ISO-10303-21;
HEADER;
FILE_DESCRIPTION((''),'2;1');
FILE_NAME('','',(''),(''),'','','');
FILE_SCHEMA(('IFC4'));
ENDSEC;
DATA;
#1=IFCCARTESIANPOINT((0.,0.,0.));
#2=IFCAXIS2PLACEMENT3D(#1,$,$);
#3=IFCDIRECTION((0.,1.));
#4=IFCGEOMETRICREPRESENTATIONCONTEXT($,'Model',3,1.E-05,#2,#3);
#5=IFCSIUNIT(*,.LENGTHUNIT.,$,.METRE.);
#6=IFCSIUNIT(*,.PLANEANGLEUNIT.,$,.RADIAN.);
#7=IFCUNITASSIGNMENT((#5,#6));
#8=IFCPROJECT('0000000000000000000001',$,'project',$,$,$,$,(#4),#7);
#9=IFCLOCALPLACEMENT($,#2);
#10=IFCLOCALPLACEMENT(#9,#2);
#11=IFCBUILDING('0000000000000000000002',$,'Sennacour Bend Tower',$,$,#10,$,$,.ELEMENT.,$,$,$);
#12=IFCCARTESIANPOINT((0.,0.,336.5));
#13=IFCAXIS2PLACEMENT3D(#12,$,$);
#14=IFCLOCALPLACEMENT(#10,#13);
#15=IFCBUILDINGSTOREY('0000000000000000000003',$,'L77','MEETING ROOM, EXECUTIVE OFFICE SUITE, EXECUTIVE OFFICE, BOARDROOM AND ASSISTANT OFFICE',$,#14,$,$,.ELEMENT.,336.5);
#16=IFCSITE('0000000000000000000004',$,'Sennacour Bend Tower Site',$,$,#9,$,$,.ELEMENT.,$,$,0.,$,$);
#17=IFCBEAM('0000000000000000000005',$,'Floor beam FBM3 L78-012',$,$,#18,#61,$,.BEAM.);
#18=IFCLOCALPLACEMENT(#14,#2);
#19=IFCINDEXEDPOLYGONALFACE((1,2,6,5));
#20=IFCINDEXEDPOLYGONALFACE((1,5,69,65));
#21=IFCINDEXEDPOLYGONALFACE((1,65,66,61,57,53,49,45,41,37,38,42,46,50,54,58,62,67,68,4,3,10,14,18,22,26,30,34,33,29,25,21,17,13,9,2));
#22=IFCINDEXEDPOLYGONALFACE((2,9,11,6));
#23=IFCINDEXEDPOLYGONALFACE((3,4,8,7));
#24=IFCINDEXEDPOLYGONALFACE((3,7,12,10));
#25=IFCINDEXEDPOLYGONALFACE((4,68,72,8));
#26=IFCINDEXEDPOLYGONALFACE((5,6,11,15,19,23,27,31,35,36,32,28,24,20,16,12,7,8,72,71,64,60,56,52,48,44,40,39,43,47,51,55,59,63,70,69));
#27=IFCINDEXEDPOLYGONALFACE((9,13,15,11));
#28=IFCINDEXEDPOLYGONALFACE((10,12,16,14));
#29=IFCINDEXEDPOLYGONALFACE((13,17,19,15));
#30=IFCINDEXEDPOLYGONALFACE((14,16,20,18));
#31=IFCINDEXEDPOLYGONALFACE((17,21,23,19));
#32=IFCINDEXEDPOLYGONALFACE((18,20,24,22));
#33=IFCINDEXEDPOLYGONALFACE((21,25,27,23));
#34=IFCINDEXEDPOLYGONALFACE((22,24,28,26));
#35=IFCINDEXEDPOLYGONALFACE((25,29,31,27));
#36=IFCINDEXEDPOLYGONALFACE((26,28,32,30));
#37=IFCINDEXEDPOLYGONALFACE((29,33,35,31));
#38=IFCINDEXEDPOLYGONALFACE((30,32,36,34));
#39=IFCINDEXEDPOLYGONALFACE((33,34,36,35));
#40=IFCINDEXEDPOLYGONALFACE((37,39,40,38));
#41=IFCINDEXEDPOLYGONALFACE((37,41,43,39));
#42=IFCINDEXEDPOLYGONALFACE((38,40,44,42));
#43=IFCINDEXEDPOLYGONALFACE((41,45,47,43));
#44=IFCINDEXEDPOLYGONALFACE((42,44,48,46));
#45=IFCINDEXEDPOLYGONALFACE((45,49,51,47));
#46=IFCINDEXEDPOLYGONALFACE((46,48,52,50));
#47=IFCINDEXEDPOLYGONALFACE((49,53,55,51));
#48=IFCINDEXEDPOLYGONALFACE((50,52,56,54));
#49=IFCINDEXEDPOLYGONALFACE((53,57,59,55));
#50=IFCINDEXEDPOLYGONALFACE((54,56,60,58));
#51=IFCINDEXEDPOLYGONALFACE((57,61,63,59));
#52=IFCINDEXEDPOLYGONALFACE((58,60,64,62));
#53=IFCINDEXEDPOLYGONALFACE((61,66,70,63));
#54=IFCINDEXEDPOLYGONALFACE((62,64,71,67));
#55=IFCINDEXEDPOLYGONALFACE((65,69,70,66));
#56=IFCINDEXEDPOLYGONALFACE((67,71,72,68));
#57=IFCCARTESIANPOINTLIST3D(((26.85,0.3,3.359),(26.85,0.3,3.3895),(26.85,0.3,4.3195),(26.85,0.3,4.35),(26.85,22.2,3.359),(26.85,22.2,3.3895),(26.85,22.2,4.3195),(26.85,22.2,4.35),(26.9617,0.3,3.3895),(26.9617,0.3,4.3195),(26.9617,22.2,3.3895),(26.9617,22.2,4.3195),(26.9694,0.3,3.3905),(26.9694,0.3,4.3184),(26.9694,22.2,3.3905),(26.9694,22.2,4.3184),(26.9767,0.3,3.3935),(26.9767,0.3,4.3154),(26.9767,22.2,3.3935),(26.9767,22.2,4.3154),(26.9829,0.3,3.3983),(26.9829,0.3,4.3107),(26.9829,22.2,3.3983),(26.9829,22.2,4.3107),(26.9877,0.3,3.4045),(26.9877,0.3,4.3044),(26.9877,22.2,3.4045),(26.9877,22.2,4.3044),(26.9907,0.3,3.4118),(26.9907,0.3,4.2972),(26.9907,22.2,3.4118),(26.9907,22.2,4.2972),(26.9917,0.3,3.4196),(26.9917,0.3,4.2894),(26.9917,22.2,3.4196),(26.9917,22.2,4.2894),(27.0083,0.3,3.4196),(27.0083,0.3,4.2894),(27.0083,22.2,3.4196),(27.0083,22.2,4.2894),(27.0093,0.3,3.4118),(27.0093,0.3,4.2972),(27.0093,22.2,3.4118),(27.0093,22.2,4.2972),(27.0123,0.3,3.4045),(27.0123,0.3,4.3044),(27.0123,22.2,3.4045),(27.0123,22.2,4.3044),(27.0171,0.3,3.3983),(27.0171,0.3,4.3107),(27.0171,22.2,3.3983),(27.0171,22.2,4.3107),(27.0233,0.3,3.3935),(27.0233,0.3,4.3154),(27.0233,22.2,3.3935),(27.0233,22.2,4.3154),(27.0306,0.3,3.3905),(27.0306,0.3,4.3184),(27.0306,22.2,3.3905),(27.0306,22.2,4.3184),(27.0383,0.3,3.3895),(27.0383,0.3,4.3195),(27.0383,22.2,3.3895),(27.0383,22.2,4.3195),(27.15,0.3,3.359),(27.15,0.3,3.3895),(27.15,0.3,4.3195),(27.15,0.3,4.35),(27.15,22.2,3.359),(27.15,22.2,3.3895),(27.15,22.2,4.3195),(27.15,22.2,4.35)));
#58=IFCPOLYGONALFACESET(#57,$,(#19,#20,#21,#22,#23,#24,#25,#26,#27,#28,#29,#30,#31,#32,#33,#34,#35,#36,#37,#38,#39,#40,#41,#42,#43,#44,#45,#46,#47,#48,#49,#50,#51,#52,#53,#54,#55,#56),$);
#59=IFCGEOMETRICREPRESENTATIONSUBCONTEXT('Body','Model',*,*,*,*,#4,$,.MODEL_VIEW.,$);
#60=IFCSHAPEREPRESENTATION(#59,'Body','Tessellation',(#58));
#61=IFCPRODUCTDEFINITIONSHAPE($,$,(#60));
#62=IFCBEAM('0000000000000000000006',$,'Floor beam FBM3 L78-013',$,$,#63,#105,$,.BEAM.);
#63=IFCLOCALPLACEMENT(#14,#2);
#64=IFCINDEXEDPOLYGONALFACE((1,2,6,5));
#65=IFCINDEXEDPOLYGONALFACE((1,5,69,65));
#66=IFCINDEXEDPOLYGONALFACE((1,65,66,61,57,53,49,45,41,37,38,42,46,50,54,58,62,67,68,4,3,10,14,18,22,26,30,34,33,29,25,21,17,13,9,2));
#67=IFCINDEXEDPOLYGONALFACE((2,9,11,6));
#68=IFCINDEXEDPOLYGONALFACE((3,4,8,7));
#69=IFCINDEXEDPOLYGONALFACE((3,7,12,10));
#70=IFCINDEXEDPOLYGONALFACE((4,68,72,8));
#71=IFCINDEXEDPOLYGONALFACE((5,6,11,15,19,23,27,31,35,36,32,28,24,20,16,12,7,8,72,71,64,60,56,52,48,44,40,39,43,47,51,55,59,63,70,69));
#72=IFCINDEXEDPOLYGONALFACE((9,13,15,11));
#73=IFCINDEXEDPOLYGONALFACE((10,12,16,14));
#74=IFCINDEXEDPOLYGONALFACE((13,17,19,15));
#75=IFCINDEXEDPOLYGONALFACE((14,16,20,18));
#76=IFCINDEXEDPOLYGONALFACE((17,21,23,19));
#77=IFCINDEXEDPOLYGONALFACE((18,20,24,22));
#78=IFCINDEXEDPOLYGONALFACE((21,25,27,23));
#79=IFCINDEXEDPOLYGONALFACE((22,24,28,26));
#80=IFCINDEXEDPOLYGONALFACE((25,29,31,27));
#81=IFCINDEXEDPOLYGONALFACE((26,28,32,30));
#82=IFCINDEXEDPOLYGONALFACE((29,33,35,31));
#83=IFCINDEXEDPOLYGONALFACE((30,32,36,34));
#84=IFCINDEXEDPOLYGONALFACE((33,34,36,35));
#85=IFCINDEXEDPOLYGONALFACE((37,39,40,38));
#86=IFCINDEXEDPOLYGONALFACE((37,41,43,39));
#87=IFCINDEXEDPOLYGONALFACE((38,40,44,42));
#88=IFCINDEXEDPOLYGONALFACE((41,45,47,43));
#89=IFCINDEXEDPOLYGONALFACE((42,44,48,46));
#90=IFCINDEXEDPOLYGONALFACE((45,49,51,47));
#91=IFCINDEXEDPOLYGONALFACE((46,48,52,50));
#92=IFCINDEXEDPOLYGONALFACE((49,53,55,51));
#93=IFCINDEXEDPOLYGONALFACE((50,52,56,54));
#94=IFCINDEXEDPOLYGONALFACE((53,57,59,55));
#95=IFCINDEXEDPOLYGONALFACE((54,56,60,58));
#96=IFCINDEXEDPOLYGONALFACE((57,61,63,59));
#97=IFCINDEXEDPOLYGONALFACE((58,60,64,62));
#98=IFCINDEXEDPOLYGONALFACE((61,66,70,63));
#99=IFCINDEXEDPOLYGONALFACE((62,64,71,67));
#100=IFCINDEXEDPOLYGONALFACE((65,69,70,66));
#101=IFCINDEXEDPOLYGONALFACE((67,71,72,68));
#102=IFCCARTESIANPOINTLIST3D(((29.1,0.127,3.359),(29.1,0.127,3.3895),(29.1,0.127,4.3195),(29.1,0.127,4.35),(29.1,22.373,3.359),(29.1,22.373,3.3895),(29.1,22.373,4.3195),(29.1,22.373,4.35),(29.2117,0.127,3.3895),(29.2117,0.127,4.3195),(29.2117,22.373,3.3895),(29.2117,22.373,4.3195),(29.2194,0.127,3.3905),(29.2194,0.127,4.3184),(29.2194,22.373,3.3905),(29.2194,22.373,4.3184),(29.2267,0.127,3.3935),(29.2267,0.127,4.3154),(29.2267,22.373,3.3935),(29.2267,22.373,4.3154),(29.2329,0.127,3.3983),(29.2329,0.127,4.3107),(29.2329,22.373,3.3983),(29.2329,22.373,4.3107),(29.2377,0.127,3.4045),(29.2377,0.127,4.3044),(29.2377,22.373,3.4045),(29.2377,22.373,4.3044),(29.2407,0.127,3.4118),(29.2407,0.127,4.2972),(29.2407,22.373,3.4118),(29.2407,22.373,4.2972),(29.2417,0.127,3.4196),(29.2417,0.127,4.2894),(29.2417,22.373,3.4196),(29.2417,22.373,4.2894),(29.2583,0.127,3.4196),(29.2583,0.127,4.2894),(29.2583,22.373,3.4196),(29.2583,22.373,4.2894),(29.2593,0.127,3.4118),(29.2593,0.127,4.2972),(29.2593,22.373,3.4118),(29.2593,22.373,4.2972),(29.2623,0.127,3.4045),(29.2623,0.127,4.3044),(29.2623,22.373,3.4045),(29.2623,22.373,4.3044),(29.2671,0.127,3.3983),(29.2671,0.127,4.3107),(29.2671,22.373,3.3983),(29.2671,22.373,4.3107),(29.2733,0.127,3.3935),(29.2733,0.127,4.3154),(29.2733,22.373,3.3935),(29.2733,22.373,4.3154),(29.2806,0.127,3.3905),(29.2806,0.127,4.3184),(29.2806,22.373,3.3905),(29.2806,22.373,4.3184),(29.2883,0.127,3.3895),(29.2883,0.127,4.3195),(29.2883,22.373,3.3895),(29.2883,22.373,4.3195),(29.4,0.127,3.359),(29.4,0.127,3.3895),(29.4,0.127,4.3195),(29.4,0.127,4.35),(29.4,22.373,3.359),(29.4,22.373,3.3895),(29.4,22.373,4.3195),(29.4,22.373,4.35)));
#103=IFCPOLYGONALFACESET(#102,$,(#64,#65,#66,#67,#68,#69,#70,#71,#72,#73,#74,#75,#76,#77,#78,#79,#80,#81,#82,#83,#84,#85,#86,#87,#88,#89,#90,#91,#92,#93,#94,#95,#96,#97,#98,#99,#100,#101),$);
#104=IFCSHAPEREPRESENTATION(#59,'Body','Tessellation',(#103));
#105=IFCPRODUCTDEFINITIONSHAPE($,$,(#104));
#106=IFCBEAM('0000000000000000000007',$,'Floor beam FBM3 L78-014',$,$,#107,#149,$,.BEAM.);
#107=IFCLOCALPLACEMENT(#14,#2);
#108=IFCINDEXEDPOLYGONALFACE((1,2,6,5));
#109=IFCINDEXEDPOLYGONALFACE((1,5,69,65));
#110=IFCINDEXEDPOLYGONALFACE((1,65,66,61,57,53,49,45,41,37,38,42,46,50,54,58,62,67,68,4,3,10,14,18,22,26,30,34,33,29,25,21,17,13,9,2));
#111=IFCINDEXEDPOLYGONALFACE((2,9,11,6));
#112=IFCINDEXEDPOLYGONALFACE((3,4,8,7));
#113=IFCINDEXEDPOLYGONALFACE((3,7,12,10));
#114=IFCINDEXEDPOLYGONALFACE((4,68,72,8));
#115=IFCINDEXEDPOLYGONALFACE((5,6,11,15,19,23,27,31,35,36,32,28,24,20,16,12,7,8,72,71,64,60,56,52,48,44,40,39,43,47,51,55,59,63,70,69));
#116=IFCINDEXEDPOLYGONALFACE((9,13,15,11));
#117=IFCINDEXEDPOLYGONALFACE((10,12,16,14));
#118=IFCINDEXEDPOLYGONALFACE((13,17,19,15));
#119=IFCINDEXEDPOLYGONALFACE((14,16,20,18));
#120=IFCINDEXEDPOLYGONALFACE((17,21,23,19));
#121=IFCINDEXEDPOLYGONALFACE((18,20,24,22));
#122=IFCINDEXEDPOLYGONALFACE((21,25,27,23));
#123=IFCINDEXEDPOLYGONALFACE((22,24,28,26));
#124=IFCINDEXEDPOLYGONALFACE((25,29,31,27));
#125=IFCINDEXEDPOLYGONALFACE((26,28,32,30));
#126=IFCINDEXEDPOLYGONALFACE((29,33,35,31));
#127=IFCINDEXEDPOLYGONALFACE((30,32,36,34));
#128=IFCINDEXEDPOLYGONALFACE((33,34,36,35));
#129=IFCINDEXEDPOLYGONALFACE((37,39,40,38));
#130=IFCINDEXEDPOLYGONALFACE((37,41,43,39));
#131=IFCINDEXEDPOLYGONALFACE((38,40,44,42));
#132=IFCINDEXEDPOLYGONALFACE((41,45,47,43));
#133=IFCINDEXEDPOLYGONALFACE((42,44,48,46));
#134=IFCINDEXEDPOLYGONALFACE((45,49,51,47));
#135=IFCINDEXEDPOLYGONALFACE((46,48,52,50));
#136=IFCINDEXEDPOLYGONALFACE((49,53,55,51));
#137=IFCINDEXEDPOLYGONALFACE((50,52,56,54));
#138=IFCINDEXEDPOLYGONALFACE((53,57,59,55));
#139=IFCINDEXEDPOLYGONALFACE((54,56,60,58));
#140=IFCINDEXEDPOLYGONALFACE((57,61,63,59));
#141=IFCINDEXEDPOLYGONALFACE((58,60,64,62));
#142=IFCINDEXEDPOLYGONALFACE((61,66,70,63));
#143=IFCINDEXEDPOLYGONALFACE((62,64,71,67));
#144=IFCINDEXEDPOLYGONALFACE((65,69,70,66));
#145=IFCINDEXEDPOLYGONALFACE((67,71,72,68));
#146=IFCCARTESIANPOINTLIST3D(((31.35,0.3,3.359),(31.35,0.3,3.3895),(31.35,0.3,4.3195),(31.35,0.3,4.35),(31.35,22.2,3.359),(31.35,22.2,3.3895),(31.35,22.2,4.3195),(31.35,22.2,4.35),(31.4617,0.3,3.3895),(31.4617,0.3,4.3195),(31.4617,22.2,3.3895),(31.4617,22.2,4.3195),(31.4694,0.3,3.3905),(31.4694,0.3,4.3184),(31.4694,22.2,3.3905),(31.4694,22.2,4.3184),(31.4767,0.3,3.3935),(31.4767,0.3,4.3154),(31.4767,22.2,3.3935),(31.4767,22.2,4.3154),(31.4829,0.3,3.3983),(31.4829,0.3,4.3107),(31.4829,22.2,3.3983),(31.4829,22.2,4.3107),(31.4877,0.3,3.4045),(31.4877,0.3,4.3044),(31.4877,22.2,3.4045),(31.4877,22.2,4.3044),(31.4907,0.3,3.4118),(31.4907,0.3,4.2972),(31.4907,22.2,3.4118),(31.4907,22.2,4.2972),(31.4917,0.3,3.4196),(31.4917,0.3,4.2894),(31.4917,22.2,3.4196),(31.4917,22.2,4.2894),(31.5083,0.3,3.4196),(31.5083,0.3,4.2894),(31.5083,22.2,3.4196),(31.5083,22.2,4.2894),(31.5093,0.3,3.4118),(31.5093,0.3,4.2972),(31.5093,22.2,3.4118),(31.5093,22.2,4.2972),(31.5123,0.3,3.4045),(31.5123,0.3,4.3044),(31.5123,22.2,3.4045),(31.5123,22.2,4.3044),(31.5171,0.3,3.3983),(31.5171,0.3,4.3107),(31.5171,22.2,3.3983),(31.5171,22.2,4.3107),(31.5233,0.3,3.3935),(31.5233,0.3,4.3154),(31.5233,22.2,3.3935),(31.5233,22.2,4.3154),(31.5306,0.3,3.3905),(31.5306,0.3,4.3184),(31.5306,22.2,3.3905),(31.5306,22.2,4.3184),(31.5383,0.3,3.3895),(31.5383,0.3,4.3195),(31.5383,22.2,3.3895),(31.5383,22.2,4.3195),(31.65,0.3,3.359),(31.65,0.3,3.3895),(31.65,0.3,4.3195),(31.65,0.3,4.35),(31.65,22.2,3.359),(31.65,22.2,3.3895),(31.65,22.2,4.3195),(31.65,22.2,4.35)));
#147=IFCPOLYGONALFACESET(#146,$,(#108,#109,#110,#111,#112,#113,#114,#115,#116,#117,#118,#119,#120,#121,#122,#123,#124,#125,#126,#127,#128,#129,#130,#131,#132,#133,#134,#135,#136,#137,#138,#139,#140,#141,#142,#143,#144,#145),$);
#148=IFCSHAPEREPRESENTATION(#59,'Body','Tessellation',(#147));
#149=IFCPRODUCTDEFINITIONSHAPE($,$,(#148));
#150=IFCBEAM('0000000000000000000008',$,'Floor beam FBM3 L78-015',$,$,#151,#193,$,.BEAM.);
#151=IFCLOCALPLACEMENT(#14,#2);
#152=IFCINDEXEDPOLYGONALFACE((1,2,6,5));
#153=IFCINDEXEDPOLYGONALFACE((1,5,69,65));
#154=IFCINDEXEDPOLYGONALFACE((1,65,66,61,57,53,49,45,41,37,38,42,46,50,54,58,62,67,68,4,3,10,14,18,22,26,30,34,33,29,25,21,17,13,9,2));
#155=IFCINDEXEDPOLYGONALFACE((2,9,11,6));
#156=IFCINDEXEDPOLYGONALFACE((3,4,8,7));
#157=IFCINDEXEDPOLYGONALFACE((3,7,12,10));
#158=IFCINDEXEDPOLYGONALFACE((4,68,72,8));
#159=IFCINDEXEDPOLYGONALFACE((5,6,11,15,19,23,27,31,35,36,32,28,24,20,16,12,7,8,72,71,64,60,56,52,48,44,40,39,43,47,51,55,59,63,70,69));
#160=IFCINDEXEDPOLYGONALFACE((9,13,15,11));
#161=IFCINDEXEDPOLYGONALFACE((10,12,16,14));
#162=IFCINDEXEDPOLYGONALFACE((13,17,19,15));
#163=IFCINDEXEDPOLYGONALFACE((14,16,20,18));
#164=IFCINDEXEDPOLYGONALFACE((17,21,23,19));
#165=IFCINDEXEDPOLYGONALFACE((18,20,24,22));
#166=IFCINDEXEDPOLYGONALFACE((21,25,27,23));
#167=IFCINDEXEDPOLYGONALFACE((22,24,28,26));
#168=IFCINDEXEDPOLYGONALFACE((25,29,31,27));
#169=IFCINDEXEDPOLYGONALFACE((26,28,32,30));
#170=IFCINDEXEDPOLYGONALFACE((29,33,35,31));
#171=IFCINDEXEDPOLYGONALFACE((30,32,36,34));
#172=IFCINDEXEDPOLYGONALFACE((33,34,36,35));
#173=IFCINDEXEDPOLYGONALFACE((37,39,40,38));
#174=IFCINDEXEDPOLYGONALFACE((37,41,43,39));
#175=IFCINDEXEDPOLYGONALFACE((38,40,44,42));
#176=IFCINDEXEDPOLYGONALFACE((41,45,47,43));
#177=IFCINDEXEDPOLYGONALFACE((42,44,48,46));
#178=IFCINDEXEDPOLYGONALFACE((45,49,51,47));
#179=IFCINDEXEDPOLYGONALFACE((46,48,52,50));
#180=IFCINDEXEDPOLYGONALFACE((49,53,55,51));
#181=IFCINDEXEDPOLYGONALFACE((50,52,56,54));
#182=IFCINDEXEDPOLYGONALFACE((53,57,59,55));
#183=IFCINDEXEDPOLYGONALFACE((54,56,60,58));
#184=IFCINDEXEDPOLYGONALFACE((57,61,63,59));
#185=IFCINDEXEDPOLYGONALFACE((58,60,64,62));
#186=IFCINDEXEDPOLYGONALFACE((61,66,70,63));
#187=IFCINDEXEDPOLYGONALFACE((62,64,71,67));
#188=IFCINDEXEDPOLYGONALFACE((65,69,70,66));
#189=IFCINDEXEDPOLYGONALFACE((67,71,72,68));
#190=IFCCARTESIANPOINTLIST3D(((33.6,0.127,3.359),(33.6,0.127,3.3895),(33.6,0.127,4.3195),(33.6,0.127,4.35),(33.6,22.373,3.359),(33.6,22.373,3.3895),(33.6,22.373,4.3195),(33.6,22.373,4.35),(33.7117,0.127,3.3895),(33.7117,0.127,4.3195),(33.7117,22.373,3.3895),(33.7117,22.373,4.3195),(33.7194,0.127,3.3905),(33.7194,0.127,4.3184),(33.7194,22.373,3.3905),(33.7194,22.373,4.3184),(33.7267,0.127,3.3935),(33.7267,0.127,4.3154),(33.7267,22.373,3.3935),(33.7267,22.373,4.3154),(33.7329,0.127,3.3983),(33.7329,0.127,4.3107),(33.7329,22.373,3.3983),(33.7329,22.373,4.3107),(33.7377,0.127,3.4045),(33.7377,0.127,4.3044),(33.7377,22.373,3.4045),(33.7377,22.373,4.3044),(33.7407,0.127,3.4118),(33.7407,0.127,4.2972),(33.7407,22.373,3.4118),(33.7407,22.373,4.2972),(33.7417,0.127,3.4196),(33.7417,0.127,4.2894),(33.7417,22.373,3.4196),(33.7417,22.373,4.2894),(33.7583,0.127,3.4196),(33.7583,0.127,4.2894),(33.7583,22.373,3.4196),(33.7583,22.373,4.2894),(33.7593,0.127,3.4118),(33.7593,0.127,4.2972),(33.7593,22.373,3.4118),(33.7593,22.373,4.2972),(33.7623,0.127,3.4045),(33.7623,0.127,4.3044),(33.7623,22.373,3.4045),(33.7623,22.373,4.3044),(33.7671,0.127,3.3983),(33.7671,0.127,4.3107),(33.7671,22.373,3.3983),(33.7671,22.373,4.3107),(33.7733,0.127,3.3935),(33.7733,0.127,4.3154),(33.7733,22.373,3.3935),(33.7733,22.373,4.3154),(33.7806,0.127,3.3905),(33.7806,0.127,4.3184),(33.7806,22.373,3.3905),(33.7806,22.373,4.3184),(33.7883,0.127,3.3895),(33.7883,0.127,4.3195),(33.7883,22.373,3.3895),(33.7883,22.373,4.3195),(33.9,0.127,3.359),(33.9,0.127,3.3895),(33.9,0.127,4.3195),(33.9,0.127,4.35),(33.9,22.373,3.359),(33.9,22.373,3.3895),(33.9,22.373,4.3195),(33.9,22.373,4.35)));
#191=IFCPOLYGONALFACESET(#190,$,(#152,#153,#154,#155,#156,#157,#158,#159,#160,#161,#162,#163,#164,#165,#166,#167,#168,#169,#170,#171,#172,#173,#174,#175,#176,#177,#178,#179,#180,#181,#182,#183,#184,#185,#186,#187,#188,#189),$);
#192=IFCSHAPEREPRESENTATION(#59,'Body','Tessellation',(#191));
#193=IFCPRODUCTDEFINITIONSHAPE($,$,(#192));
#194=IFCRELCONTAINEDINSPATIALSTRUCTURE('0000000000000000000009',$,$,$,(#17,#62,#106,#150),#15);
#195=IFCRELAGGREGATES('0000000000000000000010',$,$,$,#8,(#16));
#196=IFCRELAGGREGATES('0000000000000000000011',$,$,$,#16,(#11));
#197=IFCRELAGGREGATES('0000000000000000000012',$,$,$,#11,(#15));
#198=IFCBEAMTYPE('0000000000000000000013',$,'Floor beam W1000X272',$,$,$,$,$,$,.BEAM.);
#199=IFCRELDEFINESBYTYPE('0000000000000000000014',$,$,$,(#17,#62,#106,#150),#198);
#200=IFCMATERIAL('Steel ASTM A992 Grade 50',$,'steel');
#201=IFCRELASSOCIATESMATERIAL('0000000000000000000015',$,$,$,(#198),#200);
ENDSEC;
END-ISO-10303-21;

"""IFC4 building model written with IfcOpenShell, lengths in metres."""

from ifc_helpers import new_model, si_unit, direction, frame, origin, origin_2d, place, context, subcontext, project, spatial, i_section, extrude, material, material_profile, profile_set, type_object, element, save


model = new_model("IFC4")

# Units and contexts
model_context = context("Model", 3, precision=1e-05, world=origin(), true_north=direction((0.0, 1.0)))
body_context = subcontext(model_context, "Body", "Model", "MODEL_VIEW")
ifc_project = project(units=[si_unit("LENGTHUNIT", "METRE"), si_unit("PLANEANGLEUNIT", "RADIAN")], contexts=[model_context])

# Site, building, storey
site_placement = place(None, origin())
site = spatial("IfcSite", under=ifc_project, at=site_placement, Name="Sennacour Bend Tower Site", CompositionType="ELEMENT", RefElevation=0.0)
building_placement = place(site_placement, origin())
building = spatial("IfcBuilding", under=site, at=building_placement, Name="Sennacour Bend Tower", CompositionType="ELEMENT")
storey_placement = place(building_placement, frame((0.0, 0.0, 336.5)))
storey = spatial("IfcBuildingStorey", under=building, at=storey_placement, Name="L77", Description="MEETING ROOM, EXECUTIVE OFFICE SUITE, EXECUTIVE OFFICE, BOARDROOM AND ASSISTANT OFFICE", CompositionType="ELEMENT", Elevation=336.5)

# Beams
ifc_material_1 = material(Name="Steel ASTM A992 Grade 50", Category="steel")
ifc_material_profile_1 = material_profile(ifc_material_1, i_section(OverallWidth=0.3, OverallDepth=0.991, WebThickness=0.0166, FlangeThickness=0.0305, FilletRadius=0.03, at=origin_2d()), Name="Steel ASTM A992 Grade 50", Category="steel")
ifc_profile_set_1 = profile_set([ifc_material_profile_1], Name="Steel ASTM A992 Grade 50")
beam_type_1 = type_object("IfcBeamType", Name="Floor beam W1000X272", PredefinedType="BEAM", material=ifc_profile_set_1)
beam_1_placement = place(storey_placement, frame((27.0, 0.3, 3.8545), z_axis=(0.0, 1.0, 0.0), x_axis=(-1.0, 0.0, 0.0)))
element("IfcBeam", 1, at=beam_1_placement, inside=storey, type_object=beam_type_1, Name="Floor beam FBM3 L78-012", PredefinedType="BEAM", context=body_context, shape_type="SweptSolid", body=[
    extrude(i_section(OverallWidth=0.3, OverallDepth=0.991, WebThickness=0.0166, FlangeThickness=0.0305, FilletRadius=0.03, at=origin_2d()), origin(), (0.0, 0.0, 1.0), 21.8999),
])
beam_2_placement = place(storey_placement, frame((29.25, 0.127, 3.8545), z_axis=(0.0, 1.0, 0.0), x_axis=(-1.0, 0.0, 0.0)))
element("IfcBeam", 2, at=beam_2_placement, inside=storey, type_object=beam_type_1, Name="Floor beam FBM3 L78-013", PredefinedType="BEAM", context=body_context, shape_type="SweptSolid", body=[
    extrude(i_section(OverallWidth=0.3, OverallDepth=0.991, WebThickness=0.0166, FlangeThickness=0.0305, FilletRadius=0.03, at=origin_2d()), origin(), (0.0, 0.0, 1.0), 22.2461),
])
beam_3_placement = place(storey_placement, frame((31.5, 0.3, 3.8545), z_axis=(0.0, 1.0, 0.0), x_axis=(-1.0, 0.0, 0.0)))
element("IfcBeam", 3, at=beam_3_placement, inside=storey, type_object=beam_type_1, Name="Floor beam FBM3 L78-014", PredefinedType="BEAM", context=body_context, shape_type="SweptSolid", body=[
    extrude(i_section(OverallWidth=0.3, OverallDepth=0.991, WebThickness=0.0166, FlangeThickness=0.0305, FilletRadius=0.03, at=origin_2d()), origin(), (0.0, 0.0, 1.0), 21.8999),
])
beam_4_placement = place(storey_placement, frame((33.75, 0.127, 3.8545), z_axis=(0.0, 1.0, 0.0), x_axis=(-1.0, 0.0, 0.0)))
element("IfcBeam", 4, at=beam_4_placement, inside=storey, type_object=beam_type_1, Name="Floor beam FBM3 L78-015", PredefinedType="BEAM", context=body_context, shape_type="SweptSolid", body=[
    extrude(i_section(OverallWidth=0.3, OverallDepth=0.991, WebThickness=0.0166, FlangeThickness=0.0305, FilletRadius=0.03, at=origin_2d()), origin(), (0.0, 0.0, 1.0), 22.2461),
])

save(model, "model.ifc")
